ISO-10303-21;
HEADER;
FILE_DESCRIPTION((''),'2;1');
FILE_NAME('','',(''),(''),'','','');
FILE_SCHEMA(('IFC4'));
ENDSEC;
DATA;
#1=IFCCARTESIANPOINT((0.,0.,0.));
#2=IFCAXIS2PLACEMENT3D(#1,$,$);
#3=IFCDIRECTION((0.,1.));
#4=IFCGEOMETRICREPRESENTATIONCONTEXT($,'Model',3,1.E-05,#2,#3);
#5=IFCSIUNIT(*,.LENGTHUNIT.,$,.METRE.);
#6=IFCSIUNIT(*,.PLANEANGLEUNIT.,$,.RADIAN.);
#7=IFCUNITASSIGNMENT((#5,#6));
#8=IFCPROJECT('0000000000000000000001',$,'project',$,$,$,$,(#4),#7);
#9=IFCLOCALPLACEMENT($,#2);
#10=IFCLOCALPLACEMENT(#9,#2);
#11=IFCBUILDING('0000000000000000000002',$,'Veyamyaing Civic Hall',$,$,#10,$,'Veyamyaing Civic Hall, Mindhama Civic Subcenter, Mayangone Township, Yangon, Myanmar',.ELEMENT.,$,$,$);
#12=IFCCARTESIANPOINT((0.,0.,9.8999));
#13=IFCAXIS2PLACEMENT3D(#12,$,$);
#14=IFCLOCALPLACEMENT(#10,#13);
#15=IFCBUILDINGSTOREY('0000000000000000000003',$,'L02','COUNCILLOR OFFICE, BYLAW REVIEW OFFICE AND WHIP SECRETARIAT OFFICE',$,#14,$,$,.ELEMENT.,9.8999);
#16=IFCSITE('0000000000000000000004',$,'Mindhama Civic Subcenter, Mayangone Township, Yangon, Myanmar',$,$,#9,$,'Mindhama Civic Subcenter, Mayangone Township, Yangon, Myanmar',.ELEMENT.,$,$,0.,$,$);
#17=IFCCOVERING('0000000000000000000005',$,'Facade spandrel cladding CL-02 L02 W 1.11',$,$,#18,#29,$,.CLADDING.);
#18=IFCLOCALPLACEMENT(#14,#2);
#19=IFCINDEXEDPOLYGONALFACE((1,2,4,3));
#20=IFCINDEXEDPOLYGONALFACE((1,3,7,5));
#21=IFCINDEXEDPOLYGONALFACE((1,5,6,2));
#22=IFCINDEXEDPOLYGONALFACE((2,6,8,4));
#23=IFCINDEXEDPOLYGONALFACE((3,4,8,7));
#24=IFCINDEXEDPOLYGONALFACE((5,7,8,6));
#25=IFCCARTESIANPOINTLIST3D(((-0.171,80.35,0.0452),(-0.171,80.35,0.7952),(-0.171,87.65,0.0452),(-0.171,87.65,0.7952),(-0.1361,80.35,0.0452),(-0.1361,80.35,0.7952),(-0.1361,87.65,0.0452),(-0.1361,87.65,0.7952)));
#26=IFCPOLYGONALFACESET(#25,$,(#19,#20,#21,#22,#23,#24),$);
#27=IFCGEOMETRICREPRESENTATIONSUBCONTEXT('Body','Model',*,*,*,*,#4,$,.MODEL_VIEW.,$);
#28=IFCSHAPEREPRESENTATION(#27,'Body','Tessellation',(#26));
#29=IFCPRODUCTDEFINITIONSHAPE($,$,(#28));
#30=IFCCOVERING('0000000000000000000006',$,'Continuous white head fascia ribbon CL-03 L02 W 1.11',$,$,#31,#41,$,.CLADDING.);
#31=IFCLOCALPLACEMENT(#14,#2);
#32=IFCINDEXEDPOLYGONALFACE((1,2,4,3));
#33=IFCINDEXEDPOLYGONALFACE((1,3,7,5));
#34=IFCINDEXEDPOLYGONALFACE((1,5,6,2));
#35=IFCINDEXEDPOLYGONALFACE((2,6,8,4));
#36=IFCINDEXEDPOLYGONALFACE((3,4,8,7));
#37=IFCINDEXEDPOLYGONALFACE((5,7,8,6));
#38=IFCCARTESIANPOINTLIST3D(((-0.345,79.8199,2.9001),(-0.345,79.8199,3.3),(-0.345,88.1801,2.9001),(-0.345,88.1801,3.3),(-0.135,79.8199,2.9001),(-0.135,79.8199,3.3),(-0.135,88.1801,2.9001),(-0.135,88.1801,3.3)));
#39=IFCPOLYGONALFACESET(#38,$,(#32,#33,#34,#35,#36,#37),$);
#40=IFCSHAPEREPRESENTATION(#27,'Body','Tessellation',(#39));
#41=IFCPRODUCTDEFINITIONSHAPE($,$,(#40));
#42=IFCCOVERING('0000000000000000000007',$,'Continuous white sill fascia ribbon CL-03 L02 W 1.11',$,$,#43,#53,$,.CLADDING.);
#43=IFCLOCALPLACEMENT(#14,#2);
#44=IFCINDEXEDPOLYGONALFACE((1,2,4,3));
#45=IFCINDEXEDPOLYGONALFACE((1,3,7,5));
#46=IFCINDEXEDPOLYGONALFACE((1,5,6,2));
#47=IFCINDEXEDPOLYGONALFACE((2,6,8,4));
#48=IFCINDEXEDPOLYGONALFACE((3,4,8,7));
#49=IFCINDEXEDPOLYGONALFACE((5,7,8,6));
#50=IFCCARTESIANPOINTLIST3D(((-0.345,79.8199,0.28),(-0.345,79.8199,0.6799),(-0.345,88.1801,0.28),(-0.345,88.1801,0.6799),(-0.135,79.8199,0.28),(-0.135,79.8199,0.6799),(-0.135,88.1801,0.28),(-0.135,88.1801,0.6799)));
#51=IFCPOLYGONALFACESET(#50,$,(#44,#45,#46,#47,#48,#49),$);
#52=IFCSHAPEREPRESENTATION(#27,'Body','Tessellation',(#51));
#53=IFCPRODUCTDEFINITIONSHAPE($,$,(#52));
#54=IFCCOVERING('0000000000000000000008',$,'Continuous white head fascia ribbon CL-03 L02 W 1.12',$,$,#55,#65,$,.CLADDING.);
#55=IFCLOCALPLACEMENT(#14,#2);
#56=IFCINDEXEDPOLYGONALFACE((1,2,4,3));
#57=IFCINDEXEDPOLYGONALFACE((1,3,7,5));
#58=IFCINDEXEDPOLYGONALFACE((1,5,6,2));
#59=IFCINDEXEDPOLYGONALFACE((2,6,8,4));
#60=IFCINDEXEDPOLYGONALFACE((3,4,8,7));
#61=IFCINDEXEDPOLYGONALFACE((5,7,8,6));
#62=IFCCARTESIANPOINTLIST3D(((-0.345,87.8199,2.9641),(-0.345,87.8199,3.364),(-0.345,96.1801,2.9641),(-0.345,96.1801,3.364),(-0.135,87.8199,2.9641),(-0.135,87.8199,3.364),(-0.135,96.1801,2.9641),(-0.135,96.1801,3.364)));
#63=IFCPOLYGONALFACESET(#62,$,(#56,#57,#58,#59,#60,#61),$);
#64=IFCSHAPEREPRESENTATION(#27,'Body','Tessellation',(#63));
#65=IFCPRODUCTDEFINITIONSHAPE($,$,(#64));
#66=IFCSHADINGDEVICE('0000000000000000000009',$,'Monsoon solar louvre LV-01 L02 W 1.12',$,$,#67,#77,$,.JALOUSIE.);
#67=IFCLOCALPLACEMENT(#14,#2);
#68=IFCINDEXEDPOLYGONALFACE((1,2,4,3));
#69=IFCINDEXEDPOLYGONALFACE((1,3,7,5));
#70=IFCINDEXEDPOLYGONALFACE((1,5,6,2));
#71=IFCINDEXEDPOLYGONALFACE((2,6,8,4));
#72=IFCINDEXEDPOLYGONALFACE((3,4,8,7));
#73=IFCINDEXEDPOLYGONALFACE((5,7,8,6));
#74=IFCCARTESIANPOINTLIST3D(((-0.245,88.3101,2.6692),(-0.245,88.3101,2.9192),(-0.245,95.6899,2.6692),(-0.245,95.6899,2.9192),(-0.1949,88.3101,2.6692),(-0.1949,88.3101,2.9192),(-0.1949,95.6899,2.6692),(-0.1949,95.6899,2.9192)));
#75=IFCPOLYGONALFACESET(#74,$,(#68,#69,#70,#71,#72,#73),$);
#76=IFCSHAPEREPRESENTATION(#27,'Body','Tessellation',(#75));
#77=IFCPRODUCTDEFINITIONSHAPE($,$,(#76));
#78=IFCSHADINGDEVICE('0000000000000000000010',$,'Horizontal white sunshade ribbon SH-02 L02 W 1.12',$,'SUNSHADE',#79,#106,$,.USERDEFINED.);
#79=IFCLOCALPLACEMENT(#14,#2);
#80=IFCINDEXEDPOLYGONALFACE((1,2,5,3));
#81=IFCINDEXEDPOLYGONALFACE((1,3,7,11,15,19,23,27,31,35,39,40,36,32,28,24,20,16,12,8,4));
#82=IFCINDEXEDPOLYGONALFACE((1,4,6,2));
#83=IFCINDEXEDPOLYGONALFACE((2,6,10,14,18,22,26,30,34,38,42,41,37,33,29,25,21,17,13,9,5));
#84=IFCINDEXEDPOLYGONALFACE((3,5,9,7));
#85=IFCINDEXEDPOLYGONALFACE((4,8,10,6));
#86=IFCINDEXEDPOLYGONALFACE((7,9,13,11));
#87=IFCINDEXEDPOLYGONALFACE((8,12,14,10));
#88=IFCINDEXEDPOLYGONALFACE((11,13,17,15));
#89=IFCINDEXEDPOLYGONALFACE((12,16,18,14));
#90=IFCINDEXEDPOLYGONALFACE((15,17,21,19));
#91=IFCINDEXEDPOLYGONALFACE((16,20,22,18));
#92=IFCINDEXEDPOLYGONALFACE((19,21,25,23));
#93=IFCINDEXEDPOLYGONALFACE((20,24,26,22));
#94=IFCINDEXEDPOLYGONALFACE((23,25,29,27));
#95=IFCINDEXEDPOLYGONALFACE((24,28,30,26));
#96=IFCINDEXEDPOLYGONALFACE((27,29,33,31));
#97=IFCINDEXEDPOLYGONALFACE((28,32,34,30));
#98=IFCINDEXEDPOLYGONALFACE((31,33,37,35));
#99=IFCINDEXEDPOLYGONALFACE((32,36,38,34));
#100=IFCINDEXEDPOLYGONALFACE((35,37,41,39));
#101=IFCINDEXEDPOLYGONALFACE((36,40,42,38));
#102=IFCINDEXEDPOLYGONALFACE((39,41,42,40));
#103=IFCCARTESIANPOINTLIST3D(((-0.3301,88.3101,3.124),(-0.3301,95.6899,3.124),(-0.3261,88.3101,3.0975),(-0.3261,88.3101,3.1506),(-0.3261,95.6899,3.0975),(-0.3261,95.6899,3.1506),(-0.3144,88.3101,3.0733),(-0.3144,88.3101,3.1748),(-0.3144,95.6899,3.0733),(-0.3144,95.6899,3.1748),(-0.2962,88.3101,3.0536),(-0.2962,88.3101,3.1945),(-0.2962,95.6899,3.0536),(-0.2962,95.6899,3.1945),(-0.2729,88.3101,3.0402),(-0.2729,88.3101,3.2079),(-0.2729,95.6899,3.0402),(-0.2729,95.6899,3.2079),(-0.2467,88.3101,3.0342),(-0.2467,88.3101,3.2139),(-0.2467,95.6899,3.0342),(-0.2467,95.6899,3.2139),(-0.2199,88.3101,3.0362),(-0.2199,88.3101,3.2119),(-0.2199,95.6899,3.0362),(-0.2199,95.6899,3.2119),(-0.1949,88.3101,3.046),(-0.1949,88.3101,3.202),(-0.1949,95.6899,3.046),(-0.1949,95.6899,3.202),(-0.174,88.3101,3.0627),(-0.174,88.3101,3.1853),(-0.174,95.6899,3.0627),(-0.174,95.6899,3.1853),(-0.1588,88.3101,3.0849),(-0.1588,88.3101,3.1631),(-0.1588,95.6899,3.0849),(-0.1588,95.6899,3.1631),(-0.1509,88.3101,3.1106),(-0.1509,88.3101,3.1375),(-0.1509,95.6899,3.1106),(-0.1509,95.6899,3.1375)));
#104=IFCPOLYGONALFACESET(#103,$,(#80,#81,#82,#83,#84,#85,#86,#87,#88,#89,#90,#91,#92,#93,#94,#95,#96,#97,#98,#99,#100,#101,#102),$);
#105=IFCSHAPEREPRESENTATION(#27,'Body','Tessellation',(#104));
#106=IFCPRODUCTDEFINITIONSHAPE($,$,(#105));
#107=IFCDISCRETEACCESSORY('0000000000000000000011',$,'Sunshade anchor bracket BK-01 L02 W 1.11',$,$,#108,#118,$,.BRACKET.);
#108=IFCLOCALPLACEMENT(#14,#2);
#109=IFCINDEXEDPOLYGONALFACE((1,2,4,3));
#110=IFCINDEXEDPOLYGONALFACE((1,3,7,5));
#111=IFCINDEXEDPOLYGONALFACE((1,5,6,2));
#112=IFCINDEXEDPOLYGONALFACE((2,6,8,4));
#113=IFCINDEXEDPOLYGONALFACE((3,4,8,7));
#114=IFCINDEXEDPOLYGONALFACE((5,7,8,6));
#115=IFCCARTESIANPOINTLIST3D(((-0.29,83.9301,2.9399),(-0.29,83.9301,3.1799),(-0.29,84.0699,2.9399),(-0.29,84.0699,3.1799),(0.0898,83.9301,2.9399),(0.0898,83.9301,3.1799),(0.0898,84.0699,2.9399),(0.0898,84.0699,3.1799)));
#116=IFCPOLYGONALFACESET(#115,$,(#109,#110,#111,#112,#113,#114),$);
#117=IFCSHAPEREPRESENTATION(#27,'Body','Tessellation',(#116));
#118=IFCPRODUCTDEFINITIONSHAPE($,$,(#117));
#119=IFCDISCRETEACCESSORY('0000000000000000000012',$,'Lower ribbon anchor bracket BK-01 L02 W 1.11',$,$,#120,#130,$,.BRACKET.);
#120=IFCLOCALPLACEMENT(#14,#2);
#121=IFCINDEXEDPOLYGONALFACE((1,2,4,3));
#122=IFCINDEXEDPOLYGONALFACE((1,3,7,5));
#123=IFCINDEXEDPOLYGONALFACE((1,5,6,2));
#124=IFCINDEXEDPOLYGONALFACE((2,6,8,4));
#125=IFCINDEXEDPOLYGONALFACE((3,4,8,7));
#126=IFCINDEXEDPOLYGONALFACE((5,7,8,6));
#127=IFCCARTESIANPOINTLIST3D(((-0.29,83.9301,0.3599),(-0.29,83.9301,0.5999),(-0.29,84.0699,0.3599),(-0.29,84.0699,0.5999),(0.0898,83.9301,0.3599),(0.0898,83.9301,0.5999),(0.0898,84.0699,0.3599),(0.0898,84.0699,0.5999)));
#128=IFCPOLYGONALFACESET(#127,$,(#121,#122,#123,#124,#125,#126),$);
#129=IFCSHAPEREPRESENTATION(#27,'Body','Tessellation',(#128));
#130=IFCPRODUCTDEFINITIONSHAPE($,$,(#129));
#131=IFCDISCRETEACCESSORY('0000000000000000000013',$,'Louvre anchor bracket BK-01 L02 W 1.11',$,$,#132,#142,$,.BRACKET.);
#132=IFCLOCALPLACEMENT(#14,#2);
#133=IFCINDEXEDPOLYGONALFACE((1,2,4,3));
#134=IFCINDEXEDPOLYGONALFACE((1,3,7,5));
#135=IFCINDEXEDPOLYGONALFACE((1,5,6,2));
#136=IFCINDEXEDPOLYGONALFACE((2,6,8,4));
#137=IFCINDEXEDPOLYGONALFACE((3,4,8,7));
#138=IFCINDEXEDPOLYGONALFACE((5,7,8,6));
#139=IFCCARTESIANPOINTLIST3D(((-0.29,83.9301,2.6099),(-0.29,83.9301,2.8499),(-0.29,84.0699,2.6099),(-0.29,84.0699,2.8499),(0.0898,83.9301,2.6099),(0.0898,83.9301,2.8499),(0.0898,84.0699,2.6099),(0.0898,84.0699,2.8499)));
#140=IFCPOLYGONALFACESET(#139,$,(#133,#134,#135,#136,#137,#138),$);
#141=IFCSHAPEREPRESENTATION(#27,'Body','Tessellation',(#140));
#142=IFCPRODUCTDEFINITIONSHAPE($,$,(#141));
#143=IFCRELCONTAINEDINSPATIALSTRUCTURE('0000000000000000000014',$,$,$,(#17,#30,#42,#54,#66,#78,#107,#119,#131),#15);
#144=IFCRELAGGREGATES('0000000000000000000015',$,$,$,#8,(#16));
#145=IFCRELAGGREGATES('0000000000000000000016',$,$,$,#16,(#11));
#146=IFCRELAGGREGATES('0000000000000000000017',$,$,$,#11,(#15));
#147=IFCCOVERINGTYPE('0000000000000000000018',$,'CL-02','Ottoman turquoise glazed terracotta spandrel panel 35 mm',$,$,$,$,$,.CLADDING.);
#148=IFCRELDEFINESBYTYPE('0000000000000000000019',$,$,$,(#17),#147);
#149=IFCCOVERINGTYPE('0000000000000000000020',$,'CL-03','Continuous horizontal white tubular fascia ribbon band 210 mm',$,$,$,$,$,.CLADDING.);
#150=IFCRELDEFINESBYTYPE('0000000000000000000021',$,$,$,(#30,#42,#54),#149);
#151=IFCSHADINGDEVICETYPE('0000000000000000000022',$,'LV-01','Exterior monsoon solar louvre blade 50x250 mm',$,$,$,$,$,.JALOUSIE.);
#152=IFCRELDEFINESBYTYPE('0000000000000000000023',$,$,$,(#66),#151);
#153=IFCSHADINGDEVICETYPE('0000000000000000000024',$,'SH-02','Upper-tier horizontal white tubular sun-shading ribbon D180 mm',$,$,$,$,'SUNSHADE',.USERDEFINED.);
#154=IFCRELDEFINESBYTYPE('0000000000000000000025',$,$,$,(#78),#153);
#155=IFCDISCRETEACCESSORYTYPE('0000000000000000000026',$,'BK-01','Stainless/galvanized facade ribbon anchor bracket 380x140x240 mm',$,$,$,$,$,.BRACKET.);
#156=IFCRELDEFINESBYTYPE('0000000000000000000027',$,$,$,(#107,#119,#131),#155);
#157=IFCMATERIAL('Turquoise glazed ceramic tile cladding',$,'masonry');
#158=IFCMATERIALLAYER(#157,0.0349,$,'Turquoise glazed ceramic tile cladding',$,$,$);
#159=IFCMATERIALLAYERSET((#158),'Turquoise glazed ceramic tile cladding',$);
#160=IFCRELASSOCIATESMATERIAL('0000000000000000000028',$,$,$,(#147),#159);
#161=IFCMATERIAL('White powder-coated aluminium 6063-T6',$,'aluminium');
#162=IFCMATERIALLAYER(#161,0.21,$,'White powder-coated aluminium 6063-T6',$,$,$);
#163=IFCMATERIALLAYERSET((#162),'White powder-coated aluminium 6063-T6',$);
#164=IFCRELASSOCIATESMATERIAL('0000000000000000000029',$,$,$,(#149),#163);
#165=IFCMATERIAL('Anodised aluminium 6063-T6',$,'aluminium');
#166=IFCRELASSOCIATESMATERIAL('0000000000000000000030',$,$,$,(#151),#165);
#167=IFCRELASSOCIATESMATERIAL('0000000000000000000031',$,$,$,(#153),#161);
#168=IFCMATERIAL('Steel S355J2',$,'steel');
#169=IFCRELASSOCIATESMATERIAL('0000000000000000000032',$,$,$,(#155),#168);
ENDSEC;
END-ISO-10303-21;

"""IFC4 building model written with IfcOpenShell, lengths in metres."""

from ifc_helpers import new_model, si_unit, direction, frame, origin, origin_2d, place, context, subcontext, project, spatial, rectangle, circle, extrude, material, layer, layer_set, material_profile, profile_set, type_object, element, save


model = new_model("IFC4")

# Units and contexts
model_context = context("Model", 3, precision=1e-05, world=origin(), true_north=direction((0.0, 1.0)))
body_context = subcontext(model_context, "Body", "Model", "MODEL_VIEW")
ifc_project = project(units=[si_unit("LENGTHUNIT", "METRE"), si_unit("PLANEANGLEUNIT", "RADIAN")], contexts=[model_context])

# Site, building, storey
site_placement = place(None, origin())
site = spatial("IfcSite", under=ifc_project, at=site_placement, Name="Mindhama Civic Subcenter, Mayangone Township, Yangon, Myanmar", LongName="Mindhama Civic Subcenter, Mayangone Township, Yangon, Myanmar", CompositionType="ELEMENT", RefElevation=0.0)
building_placement = place(site_placement, origin())
building = spatial("IfcBuilding", under=site, at=building_placement, Name="Veyamyaing Civic Hall", LongName="Veyamyaing Civic Hall, Mindhama Civic Subcenter, Mayangone Township, Yangon, Myanmar", CompositionType="ELEMENT")
storey_placement = place(building_placement, frame((0.0, 0.0, 9.8999)))
storey = spatial("IfcBuildingStorey", under=building, at=storey_placement, Name="L02", Description="COUNCILLOR OFFICE, BYLAW REVIEW OFFICE AND WHIP SECRETARIAT OFFICE", CompositionType="ELEMENT", Elevation=9.8999)

# Shared definitions
ifc_material_1 = material(Name="Steel S355J2", Category="steel")

# Coverings
ifc_material_2 = material(Name="Turquoise glazed ceramic tile cladding", Category="masonry")
ifc_layer_1 = layer(ifc_material_2, 0.0349, Name="Turquoise glazed ceramic tile cladding")
ifc_layer_set_1 = layer_set([ifc_layer_1], Name="Turquoise glazed ceramic tile cladding")
covering_type_1 = type_object("IfcCoveringType", Name="CL-02", Description="Ottoman turquoise glazed terracotta spandrel panel 35 mm", PredefinedType="CLADDING", material=ifc_layer_set_1)
covering_placement = place(storey_placement, frame((-0.1536, 84.0, 0.0452), z_axis=(0.0, 0.0, 1.0), x_axis=(0.0, 1.0, 0.0)))
element("IfcCovering", 1, at=covering_placement, inside=storey, type_object=covering_type_1, Name="Facade spandrel cladding CL-02 L02 W 1.11", PredefinedType="CLADDING", context=body_context, shape_type="SweptSolid", body=[
    extrude(rectangle(XDim=7.3, YDim=0.0349, at=origin_2d()), origin(), (0.0, 0.0, 1.0), 0.75),
])
ifc_material_3 = material(Name="White powder-coated aluminium 6063-T6", Category="aluminium")
ifc_layer_2 = layer(ifc_material_3, 0.21, Name="White powder-coated aluminium 6063-T6")
ifc_layer_set_2 = layer_set([ifc_layer_2], Name="White powder-coated aluminium 6063-T6")
covering_type_2 = type_object("IfcCoveringType", Name="CL-03", Description="Continuous horizontal white tubular fascia ribbon band 210 mm", PredefinedType="CLADDING", material=ifc_layer_set_2)
for number, where, z_axis, x_axis, name in (
    (2, (-0.24, 84.0, 2.9001), (0.0, 0.0, 1.0), (0.0, 1.0, 0.0), "Continuous white head fascia ribbon CL-03 L02 W 1.11"),
    (3, (-0.24, 84.0, 0.28), (0.0, 0.0, 1.0), (0.0, 1.0, 0.0), "Continuous white sill fascia ribbon CL-03 L02 W 1.11"),
    (4, (-0.24, 92.0, 2.9641), (0.0, 0.0, 1.0), (0.0, 1.0, 0.0), "Continuous white head fascia ribbon CL-03 L02 W 1.12"),
):
    element("IfcCovering", number, at=place(storey_placement, frame(where, z_axis=z_axis, x_axis=x_axis)), inside=storey, type_object=covering_type_2, Name=name, PredefinedType="CLADDING", context=body_context, shape_type="SweptSolid", body=[
        extrude(rectangle(XDim=8.3601, YDim=0.21, at=origin_2d()), origin(), (0.0, 0.0, 1.0), 0.3999),
    ])

# Shading devices
ifc_material_4 = material(Name="Anodised aluminium 6063-T6", Category="aluminium")
ifc_material_profile_1 = material_profile(ifc_material_4, rectangle(XDim=0.05, YDim=0.25, at=origin_2d()), Name="LOUVRE-BLADE-50X250")
ifc_profile_set_1 = profile_set([ifc_material_profile_1], Name="Anodised aluminium 6063-T6")
shading_device_type_1 = type_object("IfcShadingDeviceType", Name="LV-01", Description="Exterior monsoon solar louvre blade 50x250 mm", PredefinedType="JALOUSIE", material=ifc_profile_set_1)
shading_device_1_placement = place(storey_placement, frame((-0.22, 88.3101, 2.7942), z_axis=(0.0, 1.0, 0.0), x_axis=(-1.0, 0.0, 0.0)))
element("IfcShadingDevice", 5, at=shading_device_1_placement, inside=storey, type_object=shading_device_type_1, Name="Monsoon solar louvre LV-01 L02 W 1.12", PredefinedType="JALOUSIE", context=body_context, shape_type="SweptSolid", body=[
    extrude(rectangle(XDim=0.05, YDim=0.25, at=origin_2d()), origin(), (0.0, 0.0, 1.0), 7.3799),
])
ifc_material_profile_2 = material_profile(ifc_material_3, circle(Radius=0.0901, at=origin_2d()), Name="SHADE-TUBE-180")
ifc_profile_set_2 = profile_set([ifc_material_profile_2], Name="White powder-coated aluminium 6063-T6")
shading_device_type_2 = type_object("IfcShadingDeviceType", Name="SH-02", Description="Upper-tier horizontal white tubular sun-shading ribbon D180 mm", ElementType="SUNSHADE", PredefinedType="USERDEFINED", material=ifc_profile_set_2)
shading_device_2_placement = place(storey_placement, frame((-0.24, 88.3101, 3.124), z_axis=(0.0, 1.0, 0.0), x_axis=(-1.0, 0.0, 0.0)))
element("IfcShadingDevice", 6, at=shading_device_2_placement, inside=storey, type_object=shading_device_type_2, Name="Horizontal white sunshade ribbon SH-02 L02 W 1.12", ObjectType="SUNSHADE", PredefinedType="USERDEFINED", context=body_context, shape_type="SweptSolid", body=[
    extrude(circle(Radius=0.0901, at=origin_2d()), origin(), (0.0, 0.0, 1.0), 7.3799),
])

# Discrete accessories
discrete_accessory_type = type_object("IfcDiscreteAccessoryType", Name="BK-01", Description="Stainless/galvanized facade ribbon anchor bracket 380x140x240 mm", PredefinedType="BRACKET", material=ifc_material_1)
for number, where, z_axis, x_axis, name in (
    (7, (-0.1001, 84.0, 2.9399), (0.0, 0.0, 1.0), (-1.0, 0.0, 0.0), "Sunshade anchor bracket BK-01 L02 W 1.11"),
    (8, (-0.1001, 84.0, 0.3599), (0.0, 0.0, 1.0), (-1.0, 0.0, 0.0), "Lower ribbon anchor bracket BK-01 L02 W 1.11"),
    (9, (-0.1001, 84.0, 2.6099), (0.0, 0.0, 1.0), (-1.0, 0.0, 0.0), "Louvre anchor bracket BK-01 L02 W 1.11"),
):
    element("IfcDiscreteAccessory", number, at=place(storey_placement, frame(where, z_axis=z_axis, x_axis=x_axis)), inside=storey, type_object=discrete_accessory_type, Name=name, PredefinedType="BRACKET", context=body_context, shape_type="SweptSolid", body=[
        extrude(rectangle(XDim=0.3799, YDim=0.1399, at=origin_2d()), origin(), (0.0, 0.0, 1.0), 0.24),
    ])

save(model, "model.ifc")
